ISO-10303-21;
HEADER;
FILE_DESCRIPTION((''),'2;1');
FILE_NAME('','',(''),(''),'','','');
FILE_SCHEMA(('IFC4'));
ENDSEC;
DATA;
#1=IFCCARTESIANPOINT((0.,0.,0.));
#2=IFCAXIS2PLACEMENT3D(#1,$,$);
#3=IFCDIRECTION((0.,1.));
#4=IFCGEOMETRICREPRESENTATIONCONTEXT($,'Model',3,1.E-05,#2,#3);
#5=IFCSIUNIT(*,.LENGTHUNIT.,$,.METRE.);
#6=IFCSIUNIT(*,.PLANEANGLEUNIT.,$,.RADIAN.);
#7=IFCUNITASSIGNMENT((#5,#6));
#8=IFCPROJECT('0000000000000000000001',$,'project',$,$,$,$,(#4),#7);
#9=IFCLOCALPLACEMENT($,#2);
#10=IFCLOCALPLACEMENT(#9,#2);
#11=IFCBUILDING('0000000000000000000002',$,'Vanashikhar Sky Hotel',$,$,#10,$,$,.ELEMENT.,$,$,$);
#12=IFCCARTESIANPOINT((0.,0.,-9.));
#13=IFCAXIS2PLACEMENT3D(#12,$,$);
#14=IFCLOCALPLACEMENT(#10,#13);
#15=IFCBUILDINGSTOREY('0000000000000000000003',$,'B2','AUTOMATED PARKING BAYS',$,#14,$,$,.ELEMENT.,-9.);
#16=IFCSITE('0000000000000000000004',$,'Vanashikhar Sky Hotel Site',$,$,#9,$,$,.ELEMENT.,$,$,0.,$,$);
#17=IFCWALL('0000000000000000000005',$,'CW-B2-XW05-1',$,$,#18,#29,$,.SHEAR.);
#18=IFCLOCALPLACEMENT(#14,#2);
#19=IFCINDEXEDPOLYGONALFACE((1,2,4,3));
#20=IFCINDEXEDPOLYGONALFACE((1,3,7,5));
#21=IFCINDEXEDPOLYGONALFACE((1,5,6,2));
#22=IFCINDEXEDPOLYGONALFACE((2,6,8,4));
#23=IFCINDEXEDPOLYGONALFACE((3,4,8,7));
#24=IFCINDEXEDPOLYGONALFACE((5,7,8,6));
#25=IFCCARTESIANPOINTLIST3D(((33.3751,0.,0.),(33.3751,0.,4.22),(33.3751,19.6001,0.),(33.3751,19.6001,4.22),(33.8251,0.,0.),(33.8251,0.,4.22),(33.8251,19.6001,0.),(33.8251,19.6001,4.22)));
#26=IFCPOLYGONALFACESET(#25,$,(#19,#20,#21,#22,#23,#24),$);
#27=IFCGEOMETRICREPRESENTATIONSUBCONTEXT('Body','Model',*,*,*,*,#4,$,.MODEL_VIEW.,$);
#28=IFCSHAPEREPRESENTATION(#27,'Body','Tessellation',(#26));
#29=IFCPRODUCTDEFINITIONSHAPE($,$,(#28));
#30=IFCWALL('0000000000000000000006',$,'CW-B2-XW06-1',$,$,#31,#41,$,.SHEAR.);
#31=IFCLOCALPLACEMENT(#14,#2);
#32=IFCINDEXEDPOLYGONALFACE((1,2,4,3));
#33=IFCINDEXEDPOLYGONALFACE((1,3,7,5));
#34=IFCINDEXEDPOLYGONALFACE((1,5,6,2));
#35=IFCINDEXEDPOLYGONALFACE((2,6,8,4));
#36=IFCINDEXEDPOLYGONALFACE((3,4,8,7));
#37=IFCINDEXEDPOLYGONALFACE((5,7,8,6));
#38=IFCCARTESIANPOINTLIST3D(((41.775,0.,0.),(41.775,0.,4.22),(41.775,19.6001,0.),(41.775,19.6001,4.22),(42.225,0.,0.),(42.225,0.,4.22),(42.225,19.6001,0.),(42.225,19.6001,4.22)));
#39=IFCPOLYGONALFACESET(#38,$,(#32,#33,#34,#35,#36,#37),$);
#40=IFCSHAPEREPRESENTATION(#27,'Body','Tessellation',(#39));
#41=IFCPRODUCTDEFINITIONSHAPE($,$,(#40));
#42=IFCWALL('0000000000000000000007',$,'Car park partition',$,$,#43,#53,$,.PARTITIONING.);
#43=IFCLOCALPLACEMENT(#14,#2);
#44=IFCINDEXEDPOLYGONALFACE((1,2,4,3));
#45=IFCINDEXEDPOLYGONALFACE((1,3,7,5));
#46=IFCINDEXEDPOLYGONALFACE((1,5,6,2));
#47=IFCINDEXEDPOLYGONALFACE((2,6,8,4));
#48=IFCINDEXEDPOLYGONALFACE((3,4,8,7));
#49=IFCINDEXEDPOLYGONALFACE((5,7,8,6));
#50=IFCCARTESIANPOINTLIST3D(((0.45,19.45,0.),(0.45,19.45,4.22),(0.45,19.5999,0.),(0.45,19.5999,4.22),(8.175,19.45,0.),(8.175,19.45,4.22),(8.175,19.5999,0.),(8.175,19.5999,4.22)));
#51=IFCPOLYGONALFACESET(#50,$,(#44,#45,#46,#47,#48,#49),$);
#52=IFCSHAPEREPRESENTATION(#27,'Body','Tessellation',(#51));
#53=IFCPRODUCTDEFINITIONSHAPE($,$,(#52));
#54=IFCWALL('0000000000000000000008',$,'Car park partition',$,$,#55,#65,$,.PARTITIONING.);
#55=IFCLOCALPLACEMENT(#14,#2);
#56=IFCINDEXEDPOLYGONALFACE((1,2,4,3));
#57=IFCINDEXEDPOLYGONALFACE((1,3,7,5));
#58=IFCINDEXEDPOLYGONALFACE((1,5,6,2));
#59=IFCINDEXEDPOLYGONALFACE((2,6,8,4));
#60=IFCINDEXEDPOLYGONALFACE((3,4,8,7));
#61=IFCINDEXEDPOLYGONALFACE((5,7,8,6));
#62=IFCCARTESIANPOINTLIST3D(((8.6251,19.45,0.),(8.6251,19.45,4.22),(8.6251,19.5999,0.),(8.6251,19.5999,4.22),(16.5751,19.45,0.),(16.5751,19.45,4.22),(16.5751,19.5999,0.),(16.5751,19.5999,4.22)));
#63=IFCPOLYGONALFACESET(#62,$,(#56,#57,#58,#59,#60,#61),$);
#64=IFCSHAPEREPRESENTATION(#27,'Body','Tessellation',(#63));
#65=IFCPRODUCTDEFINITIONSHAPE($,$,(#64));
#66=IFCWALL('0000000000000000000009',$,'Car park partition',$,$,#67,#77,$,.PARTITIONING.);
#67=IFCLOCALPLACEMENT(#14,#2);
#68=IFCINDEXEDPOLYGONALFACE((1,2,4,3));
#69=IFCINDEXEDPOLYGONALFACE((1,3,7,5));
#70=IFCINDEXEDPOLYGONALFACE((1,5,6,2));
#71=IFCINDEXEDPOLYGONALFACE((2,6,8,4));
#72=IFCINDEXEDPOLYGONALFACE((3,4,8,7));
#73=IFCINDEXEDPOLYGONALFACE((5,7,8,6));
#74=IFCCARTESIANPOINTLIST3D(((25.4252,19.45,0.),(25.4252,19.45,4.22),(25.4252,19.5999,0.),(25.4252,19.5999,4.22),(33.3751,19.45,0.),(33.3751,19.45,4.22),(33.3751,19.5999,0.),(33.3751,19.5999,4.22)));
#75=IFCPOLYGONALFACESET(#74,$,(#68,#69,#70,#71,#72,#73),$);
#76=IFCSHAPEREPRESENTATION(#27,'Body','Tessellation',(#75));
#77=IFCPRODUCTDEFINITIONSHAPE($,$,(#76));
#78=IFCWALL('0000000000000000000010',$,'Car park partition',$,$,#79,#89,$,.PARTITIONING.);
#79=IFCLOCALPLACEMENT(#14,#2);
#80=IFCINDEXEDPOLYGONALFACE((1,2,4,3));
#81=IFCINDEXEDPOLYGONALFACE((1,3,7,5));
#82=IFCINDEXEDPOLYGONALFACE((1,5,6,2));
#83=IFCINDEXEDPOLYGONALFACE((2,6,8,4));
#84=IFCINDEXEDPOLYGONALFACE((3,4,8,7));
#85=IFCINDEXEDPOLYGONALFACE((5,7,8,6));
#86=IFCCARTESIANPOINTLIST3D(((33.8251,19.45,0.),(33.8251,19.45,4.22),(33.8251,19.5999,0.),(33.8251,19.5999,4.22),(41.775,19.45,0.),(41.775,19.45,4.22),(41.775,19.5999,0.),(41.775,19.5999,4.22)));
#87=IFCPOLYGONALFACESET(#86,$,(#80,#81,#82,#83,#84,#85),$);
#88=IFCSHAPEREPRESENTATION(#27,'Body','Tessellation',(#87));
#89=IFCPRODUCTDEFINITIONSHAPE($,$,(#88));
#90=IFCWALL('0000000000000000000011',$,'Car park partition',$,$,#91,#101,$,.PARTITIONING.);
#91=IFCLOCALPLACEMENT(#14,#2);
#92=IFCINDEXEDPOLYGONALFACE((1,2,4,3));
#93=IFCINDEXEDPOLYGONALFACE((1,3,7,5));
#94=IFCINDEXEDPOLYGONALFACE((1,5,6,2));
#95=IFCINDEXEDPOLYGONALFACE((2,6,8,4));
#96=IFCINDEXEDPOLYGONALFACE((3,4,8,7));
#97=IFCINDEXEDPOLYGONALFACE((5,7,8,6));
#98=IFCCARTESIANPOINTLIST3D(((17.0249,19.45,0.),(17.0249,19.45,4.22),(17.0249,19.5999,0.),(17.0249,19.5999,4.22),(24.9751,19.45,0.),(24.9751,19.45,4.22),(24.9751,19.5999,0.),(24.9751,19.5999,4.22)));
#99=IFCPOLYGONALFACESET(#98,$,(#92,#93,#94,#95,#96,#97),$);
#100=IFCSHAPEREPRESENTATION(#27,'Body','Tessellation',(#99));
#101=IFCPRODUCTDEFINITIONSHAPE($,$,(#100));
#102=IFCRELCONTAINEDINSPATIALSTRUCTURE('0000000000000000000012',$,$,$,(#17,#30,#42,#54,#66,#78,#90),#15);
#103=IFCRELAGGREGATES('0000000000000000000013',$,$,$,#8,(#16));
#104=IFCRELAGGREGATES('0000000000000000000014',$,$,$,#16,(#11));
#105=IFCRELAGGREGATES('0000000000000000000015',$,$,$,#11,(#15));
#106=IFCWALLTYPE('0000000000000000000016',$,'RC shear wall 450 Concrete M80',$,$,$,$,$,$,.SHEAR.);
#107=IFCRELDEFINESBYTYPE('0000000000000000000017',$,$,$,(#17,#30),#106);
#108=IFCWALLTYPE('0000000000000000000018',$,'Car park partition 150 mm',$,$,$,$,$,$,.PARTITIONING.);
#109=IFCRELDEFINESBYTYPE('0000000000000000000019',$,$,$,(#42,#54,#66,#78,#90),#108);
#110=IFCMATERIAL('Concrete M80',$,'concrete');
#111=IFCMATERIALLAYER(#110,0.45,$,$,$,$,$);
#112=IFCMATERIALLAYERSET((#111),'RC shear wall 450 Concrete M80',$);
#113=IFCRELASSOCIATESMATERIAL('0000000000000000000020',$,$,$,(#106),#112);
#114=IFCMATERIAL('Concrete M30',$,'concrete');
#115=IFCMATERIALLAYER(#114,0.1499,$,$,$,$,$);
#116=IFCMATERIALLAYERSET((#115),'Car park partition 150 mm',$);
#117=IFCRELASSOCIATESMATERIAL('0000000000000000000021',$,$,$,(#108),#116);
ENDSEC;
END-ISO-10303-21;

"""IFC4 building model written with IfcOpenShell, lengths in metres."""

from ifc_helpers import new_model, si_unit, direction, frame, frame_2d, origin, place, context, subcontext, project, spatial, rectangle, extrude, source, transform, mapped, material, layer, layer_set, type_object, element, save


model = new_model("IFC4")

# Units and contexts
model_context = context("Model", 3, precision=1e-05, world=origin(), true_north=direction((0.0, 1.0)))
body_context = subcontext(model_context, "Body", "Model", "MODEL_VIEW")
ifc_project = project(units=[si_unit("LENGTHUNIT", "METRE"), si_unit("PLANEANGLEUNIT", "RADIAN")], contexts=[model_context])

# Site, building, storey
site_placement = place(None, origin())
site = spatial("IfcSite", under=ifc_project, at=site_placement, Name="Vanashikhar Sky Hotel Site", CompositionType="ELEMENT", RefElevation=0.0)
building_placement = place(site_placement, origin())
building = spatial("IfcBuilding", under=site, at=building_placement, Name="Vanashikhar Sky Hotel", CompositionType="ELEMENT")
storey_placement = place(building_placement, frame((0.0, 0.0, -9.0)))
storey = spatial("IfcBuildingStorey", under=building, at=storey_placement, Name="B2", Description="AUTOMATED PARKING BAYS", CompositionType="ELEMENT", Elevation=-9.0)

# Walls
ifc_material_1 = material(Name="Concrete M80", Category="concrete")
ifc_layer_1 = layer(ifc_material_1, 0.45)
ifc_layer_set_1 = layer_set([ifc_layer_1], Name="RC shear wall 450 Concrete M80")
wall_type_1 = type_object("IfcWallType", Name="RC shear wall 450 Concrete M80", PredefinedType="SHEAR", material=ifc_layer_set_1)
shared_shape_1 = source(origin(), body_context, "Body", "SweptSolid", [
    extrude(rectangle(XDim=19.6001, YDim=0.45, at=frame_2d((9.8, 0.0))), origin(), (0.0, 0.0, 1.0), 4.22),
])
for number, where, z_axis, x_axis, name in (
    (1, (33.6001, 0.0, 0.0), (0.0, 0.0, 1.0), (0.0, 1.0, 0.0), "CW-B2-XW05-1"),
    (2, (42.0, 0.0, 0.0), (0.0, 0.0, 1.0), (0.0, 1.0, 0.0), "CW-B2-XW06-1"),
):
    element("IfcWall", number, at=place(storey_placement, frame(where, z_axis=z_axis, x_axis=x_axis)), inside=storey, type_object=wall_type_1, Name=name, PredefinedType="SHEAR", context=body_context, shape_type="MappedRepresentation", body=[
        mapped(shared_shape_1, transform((0.0, 0.0, 0.0), scale=1.0)),
    ])
ifc_material_2 = material(Name="Concrete M30", Category="concrete")
ifc_layer_2 = layer(ifc_material_2, 0.1499)
ifc_layer_set_2 = layer_set([ifc_layer_2], Name="Car park partition 150 mm")
wall_type_2 = type_object("IfcWallType", Name="Car park partition 150 mm", PredefinedType="PARTITIONING", material=ifc_layer_set_2)
shared_shape_2 = source(origin(), body_context, "Body", "SweptSolid", [
    extrude(rectangle(XDim=7.7251, YDim=0.1499, at=frame_2d((3.8625, 0.0))), origin(), (0.0, 0.0, 1.0), 4.22),
])
wall_1_placement = place(storey_placement, frame((0.45, 19.5249, 0.0), z_axis=(0.0, 0.0, 1.0), x_axis=(1.0, 0.0, 0.0)))
element("IfcWall", 3, at=wall_1_placement, inside=storey, type_object=wall_type_2, Name="Car park partition", PredefinedType="PARTITIONING", context=body_context, shape_type="MappedRepresentation", body=[
    mapped(shared_shape_2, transform((0.0, 0.0, 0.0), scale=1.0)),
])
shared_shape_3 = source(origin(), body_context, "Body", "SweptSolid", [
    extrude(rectangle(XDim=7.95, YDim=0.1499, at=frame_2d((3.9751, 0.0))), origin(), (0.0, 0.0, 1.0), 4.22),
])
for number, where, z_axis, x_axis, name in (
    (4, (8.625, 19.5249, 0.0), (0.0, 0.0, 1.0), (1.0, 0.0, 0.0), "Car park partition"),
    (5, (25.425, 19.5249, 0.0), (0.0, 0.0, 1.0), (1.0, 0.0, 0.0), "Car park partition"),
    (6, (33.825, 19.5249, 0.0), (0.0, 0.0, 1.0), (1.0, 0.0, 0.0), "Car park partition"),
):
    element("IfcWall", number, at=place(storey_placement, frame(where, z_axis=z_axis, x_axis=x_axis)), inside=storey, type_object=wall_type_2, Name=name, PredefinedType="PARTITIONING", context=body_context, shape_type="MappedRepresentation", body=[
        mapped(shared_shape_3, transform((0.0, 0.0, 0.0), scale=1.0)),
    ])
shared_shape_4 = source(origin(), body_context, "Body", "SweptSolid", [
    extrude(rectangle(XDim=7.9502, YDim=0.1499, at=frame_2d((3.9751, 0.0))), origin(), (0.0, 0.0, 1.0), 4.22),
])
wall_2_placement = place(storey_placement, frame((17.0249, 19.5249, 0.0), z_axis=(0.0, 0.0, 1.0), x_axis=(1.0, 0.0, 0.0)))
element("IfcWall", 7, at=wall_2_placement, inside=storey, type_object=wall_type_2, Name="Car park partition", PredefinedType="PARTITIONING", context=body_context, shape_type="MappedRepresentation", body=[
    mapped(shared_shape_4, transform((0.0, 0.0, 0.0), scale=1.0)),
])

save(model, "model.ifc")
